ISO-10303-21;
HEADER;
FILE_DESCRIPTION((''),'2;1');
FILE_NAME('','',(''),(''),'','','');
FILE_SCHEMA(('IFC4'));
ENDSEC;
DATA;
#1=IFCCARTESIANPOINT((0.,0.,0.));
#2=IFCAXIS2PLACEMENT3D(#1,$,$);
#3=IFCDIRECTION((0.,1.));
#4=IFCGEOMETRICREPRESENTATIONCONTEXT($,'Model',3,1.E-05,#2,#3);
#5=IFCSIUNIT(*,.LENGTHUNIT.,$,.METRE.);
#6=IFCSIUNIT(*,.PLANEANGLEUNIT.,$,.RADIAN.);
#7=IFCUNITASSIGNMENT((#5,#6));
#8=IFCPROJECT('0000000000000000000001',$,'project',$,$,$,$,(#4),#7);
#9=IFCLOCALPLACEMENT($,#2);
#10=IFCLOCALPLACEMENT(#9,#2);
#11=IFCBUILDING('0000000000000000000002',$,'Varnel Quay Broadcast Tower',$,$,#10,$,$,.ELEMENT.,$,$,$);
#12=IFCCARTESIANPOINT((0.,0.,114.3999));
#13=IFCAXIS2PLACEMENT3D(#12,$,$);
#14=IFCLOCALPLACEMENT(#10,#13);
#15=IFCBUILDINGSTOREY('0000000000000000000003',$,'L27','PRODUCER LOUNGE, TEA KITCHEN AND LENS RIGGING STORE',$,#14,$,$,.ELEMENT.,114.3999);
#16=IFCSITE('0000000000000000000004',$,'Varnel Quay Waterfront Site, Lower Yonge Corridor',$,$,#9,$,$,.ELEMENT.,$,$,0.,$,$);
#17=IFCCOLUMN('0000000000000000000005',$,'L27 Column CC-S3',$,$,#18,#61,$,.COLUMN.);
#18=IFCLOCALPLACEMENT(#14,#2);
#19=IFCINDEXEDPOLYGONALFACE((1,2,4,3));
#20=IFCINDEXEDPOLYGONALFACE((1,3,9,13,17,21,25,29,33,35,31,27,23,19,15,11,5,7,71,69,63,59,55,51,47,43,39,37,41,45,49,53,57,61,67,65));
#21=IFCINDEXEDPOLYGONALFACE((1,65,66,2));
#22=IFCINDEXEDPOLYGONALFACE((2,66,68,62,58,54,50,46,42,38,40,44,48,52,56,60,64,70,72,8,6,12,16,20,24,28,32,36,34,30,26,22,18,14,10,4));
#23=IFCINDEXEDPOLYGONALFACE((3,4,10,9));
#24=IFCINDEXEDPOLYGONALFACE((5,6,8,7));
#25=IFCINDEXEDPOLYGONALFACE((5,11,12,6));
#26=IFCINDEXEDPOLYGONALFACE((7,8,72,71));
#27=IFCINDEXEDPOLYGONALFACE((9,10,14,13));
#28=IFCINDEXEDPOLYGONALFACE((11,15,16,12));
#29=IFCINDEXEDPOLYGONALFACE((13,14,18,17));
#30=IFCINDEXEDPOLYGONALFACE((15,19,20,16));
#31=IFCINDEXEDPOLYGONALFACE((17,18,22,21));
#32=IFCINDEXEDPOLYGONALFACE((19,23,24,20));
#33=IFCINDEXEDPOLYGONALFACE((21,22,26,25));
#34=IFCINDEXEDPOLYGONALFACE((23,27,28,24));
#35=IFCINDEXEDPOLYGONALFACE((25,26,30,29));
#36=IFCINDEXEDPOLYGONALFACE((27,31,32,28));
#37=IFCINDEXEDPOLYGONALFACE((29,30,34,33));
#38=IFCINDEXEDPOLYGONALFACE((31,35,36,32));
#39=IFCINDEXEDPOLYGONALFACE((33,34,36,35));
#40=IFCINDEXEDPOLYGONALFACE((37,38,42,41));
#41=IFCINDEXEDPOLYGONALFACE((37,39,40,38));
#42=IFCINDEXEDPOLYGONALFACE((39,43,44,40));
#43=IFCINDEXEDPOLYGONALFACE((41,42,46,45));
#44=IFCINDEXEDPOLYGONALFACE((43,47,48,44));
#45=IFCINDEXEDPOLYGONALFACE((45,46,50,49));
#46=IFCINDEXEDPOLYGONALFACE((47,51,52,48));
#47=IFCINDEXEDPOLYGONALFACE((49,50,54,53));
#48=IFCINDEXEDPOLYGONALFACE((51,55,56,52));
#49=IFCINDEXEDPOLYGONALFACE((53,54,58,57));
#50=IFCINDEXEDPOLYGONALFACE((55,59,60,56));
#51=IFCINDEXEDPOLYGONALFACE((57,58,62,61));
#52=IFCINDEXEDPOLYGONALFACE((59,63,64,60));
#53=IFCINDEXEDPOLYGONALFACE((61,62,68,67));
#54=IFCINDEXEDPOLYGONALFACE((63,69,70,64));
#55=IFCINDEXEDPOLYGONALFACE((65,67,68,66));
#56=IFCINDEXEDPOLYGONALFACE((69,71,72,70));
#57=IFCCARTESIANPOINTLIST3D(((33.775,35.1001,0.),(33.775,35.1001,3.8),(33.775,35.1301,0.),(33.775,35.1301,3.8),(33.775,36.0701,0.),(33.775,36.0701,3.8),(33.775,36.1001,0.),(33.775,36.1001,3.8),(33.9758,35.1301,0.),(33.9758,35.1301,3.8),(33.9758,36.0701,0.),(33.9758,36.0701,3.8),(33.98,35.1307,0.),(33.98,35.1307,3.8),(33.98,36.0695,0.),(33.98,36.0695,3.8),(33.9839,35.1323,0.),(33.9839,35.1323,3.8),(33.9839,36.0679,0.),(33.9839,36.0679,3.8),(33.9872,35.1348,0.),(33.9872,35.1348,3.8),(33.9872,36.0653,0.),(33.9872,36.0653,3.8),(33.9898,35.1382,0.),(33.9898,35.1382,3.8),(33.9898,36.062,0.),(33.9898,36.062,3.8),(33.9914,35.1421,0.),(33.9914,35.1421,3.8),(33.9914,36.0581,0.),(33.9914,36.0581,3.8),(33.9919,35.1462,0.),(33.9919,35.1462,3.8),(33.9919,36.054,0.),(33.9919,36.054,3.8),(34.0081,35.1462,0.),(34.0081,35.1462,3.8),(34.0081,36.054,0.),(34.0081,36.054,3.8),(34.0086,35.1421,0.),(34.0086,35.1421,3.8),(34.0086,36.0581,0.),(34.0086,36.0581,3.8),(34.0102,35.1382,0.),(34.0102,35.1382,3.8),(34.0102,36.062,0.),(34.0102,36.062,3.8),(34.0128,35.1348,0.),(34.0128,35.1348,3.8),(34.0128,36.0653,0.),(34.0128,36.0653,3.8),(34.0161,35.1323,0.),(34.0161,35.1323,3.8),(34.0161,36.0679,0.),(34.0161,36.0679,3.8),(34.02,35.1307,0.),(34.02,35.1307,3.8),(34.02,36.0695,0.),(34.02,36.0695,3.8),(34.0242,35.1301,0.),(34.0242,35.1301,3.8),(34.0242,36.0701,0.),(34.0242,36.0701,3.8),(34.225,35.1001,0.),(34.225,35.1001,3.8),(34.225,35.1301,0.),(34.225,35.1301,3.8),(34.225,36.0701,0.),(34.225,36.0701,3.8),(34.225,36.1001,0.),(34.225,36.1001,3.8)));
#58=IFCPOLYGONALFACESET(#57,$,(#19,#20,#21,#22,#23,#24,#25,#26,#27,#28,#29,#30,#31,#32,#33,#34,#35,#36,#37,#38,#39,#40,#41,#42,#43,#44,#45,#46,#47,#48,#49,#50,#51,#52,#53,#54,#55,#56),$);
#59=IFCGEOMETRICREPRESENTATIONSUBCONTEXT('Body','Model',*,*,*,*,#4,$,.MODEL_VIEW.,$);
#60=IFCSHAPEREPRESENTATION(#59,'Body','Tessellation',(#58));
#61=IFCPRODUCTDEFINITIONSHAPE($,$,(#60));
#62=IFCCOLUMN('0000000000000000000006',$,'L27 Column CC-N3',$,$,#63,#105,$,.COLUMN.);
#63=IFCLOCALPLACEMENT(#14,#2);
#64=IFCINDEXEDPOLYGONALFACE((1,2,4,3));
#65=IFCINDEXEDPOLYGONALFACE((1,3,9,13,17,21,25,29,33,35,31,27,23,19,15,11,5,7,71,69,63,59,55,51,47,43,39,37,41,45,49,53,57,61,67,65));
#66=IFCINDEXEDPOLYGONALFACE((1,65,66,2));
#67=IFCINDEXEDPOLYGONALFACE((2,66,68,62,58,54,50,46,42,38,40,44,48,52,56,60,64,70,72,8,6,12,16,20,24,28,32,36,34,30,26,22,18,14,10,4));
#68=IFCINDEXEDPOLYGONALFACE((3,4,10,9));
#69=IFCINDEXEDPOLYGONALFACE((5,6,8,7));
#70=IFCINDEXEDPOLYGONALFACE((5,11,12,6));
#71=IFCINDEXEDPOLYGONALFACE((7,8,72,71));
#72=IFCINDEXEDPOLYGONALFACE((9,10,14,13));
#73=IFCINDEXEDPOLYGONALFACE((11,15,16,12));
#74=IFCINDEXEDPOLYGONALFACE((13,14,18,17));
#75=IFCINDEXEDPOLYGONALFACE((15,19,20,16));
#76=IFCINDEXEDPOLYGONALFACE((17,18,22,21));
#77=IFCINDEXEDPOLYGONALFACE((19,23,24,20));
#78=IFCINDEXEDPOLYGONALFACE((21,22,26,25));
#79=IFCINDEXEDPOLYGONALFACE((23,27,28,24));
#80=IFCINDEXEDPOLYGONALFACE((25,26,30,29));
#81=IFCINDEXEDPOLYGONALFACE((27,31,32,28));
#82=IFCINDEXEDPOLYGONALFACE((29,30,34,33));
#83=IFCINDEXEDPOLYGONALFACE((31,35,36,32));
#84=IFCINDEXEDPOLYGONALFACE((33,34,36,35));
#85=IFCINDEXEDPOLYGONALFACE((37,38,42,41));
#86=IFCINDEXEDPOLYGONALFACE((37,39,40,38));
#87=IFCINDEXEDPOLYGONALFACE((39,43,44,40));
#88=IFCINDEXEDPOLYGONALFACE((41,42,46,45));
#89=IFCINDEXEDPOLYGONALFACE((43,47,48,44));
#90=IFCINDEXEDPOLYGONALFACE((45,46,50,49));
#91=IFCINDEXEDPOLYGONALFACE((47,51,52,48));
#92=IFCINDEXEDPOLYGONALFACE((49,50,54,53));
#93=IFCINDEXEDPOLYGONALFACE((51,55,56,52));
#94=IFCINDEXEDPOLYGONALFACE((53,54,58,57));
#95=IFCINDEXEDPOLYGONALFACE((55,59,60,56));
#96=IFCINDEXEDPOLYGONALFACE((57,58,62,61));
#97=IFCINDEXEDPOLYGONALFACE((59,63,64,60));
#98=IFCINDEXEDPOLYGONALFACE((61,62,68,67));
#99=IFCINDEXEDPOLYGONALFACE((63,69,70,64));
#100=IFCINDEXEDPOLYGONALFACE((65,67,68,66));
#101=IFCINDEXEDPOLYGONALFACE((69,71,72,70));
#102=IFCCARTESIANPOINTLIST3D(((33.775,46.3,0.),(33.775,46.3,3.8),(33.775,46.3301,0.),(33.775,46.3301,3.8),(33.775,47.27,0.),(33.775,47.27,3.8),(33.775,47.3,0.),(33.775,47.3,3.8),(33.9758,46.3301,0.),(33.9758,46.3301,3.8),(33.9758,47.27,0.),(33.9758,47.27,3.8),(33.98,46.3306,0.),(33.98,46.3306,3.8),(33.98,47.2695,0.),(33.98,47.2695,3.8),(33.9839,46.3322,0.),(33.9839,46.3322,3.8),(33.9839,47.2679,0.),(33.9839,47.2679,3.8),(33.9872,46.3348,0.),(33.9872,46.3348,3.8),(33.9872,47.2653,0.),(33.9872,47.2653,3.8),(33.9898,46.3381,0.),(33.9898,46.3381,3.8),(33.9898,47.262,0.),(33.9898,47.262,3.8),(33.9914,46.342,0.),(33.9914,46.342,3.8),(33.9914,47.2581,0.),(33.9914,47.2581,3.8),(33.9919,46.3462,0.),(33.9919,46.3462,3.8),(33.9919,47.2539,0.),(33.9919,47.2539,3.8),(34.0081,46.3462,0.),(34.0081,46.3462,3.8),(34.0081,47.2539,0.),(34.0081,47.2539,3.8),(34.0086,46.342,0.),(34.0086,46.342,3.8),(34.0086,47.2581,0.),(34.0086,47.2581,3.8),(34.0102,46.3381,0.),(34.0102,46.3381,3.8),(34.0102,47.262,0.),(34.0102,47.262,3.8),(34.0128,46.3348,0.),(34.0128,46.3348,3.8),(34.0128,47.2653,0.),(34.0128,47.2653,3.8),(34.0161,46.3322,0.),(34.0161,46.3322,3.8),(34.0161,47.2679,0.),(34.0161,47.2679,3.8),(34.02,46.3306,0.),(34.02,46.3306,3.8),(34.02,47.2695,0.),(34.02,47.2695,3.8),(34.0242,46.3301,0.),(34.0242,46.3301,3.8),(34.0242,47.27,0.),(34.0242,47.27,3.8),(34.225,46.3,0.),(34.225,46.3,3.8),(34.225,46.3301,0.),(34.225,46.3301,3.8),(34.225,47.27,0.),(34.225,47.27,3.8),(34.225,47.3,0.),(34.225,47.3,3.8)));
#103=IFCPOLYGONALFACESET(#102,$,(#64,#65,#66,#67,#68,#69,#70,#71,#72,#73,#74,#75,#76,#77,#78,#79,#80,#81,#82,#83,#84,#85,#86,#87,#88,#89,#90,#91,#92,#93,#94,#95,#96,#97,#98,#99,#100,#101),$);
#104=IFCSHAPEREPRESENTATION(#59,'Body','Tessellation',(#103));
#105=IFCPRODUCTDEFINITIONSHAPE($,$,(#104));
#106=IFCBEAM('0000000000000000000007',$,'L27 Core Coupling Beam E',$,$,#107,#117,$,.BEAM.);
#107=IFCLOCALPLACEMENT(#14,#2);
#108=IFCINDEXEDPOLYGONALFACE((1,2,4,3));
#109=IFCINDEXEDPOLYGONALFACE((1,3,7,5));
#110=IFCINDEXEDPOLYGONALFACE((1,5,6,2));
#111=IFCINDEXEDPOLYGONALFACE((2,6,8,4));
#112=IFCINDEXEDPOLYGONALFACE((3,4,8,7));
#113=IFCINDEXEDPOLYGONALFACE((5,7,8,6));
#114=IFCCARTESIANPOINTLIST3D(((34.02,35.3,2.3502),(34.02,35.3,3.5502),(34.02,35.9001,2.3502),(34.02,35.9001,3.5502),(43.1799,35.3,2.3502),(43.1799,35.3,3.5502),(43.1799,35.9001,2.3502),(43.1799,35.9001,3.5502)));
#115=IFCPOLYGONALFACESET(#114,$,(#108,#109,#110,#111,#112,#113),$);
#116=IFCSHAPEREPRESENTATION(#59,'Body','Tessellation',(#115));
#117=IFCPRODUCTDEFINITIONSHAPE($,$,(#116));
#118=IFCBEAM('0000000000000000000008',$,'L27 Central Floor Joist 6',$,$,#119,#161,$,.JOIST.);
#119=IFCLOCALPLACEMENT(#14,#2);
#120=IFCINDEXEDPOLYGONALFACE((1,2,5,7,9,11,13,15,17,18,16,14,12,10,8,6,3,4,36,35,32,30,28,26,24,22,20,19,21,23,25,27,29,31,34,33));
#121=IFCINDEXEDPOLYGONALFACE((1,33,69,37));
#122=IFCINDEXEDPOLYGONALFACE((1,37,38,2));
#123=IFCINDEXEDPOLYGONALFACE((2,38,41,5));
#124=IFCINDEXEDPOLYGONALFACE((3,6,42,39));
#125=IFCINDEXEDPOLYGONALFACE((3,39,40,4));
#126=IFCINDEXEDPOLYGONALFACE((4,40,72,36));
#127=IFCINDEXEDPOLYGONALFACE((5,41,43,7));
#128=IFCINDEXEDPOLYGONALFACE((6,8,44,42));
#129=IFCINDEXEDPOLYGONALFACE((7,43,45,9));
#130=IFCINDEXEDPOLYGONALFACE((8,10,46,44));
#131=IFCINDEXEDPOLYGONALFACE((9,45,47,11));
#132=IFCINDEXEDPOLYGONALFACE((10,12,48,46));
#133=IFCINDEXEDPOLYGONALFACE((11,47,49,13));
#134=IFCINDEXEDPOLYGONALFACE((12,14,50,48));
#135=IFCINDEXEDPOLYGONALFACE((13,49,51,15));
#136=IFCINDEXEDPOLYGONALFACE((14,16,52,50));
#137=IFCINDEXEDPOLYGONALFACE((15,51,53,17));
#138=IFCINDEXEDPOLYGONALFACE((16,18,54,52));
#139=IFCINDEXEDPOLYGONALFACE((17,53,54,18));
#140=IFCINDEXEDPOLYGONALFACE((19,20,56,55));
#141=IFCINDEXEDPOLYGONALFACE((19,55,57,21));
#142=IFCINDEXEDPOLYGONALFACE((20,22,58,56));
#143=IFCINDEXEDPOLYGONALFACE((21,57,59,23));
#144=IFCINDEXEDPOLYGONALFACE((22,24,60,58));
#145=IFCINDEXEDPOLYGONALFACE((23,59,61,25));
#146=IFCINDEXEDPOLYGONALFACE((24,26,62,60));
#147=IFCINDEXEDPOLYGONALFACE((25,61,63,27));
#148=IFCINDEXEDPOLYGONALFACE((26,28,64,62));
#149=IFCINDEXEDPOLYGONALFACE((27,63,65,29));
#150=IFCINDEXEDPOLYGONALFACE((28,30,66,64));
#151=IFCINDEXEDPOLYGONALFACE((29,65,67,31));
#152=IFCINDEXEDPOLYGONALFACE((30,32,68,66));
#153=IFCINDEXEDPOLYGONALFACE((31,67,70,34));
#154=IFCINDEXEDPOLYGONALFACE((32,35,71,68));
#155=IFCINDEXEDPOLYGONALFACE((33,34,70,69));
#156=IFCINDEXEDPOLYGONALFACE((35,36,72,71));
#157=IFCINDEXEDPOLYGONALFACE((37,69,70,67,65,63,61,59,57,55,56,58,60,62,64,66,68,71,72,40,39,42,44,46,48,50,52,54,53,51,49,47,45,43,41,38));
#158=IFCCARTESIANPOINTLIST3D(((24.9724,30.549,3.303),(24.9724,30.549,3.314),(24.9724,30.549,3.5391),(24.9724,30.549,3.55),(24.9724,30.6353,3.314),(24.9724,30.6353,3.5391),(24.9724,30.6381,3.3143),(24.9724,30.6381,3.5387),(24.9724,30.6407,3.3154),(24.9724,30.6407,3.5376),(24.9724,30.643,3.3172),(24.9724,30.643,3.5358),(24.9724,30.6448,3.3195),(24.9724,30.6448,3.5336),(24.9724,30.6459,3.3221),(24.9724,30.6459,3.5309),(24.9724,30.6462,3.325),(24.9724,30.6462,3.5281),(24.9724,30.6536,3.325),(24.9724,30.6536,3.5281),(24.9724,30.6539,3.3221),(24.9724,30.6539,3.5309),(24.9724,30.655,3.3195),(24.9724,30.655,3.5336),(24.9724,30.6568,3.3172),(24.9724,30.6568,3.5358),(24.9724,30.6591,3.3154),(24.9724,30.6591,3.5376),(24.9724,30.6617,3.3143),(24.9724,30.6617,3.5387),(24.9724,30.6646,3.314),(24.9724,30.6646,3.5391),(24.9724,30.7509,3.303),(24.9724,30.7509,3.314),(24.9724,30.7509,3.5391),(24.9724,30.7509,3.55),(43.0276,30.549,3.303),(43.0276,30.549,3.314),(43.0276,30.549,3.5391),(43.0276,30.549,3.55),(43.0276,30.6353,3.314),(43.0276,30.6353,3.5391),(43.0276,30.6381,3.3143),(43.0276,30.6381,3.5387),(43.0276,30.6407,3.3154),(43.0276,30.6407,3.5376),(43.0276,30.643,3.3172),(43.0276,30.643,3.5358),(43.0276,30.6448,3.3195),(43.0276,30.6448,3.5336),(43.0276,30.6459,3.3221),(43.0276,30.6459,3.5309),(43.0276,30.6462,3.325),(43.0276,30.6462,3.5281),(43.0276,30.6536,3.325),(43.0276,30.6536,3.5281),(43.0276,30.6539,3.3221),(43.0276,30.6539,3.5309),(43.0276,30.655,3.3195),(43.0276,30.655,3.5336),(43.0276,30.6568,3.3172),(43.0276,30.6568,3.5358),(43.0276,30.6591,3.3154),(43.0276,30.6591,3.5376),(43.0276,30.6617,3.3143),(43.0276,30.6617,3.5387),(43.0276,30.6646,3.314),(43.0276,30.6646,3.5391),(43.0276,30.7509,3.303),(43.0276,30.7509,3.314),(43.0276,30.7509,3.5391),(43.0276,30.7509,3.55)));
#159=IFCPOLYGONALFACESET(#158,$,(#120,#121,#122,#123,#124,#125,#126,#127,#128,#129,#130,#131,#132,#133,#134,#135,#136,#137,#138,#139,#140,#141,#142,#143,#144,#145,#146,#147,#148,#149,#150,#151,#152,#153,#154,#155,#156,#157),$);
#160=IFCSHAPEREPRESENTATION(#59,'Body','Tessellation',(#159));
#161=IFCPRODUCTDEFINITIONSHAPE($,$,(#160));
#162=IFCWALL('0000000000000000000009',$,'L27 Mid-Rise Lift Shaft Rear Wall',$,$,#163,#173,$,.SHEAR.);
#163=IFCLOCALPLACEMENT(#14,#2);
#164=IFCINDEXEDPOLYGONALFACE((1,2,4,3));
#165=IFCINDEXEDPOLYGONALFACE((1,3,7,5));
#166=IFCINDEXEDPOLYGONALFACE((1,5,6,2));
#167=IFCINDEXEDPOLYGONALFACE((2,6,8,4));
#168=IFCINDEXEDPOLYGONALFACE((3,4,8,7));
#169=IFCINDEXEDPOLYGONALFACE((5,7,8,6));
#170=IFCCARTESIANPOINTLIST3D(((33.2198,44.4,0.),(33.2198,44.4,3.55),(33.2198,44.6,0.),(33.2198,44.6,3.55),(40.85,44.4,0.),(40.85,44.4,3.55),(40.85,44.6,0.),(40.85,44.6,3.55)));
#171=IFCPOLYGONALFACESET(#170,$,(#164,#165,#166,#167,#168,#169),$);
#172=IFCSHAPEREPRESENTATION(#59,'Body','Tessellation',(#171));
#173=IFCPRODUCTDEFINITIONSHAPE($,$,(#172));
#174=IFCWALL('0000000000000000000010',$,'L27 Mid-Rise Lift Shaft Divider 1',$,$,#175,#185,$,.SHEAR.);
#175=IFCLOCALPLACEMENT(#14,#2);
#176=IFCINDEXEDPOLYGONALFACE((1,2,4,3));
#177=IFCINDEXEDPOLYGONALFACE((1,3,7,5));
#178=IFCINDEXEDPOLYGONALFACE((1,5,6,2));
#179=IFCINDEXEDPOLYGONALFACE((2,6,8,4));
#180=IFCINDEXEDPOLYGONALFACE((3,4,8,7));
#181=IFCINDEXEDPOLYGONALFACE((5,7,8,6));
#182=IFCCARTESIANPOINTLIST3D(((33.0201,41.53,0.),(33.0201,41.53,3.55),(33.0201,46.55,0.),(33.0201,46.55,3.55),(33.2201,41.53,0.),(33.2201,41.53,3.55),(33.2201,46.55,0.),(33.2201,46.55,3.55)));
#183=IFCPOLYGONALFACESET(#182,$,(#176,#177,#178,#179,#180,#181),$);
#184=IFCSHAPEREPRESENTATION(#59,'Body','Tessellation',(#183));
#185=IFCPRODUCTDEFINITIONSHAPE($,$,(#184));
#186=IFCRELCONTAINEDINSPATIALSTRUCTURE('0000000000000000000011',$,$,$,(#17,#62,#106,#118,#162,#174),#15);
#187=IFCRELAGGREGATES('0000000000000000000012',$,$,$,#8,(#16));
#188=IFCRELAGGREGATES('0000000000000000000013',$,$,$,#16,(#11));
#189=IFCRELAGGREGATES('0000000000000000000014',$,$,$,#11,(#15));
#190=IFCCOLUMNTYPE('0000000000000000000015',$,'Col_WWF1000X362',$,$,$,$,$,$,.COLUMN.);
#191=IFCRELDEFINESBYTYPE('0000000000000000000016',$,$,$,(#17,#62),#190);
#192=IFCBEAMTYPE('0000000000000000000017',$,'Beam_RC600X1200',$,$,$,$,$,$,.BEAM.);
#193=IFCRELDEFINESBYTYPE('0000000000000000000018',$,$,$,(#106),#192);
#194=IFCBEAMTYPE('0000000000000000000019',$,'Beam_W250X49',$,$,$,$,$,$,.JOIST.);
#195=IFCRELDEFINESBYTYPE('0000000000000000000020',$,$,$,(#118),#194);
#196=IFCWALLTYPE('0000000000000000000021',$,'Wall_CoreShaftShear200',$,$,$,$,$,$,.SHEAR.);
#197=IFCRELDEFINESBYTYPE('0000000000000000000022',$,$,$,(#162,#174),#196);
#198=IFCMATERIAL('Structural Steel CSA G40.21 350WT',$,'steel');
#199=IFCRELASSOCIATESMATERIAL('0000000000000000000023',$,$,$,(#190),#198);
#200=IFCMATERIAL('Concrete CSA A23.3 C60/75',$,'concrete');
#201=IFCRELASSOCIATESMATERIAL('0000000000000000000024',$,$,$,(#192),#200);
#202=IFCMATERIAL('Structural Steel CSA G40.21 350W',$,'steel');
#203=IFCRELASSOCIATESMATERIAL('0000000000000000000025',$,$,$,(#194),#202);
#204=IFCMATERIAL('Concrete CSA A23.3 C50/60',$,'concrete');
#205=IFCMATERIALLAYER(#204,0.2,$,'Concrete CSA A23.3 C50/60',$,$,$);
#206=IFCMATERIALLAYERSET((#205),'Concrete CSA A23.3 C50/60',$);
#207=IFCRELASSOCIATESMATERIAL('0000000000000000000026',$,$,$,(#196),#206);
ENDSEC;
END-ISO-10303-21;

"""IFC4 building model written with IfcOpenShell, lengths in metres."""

from ifc_helpers import new_model, si_unit, direction, frame, frame_2d, origin, origin_2d, place, context, subcontext, project, spatial, rectangle, i_section, extrude, source, transform, mapped, material, layer, layer_set, material_profile, profile_set, type_object, type_shapes, element, save


model = new_model("IFC4")

# Units and contexts
model_context = context("Model", 3, precision=1e-05, world=origin(), true_north=direction((0.0, 1.0)))
body_context = subcontext(model_context, "Body", "Model", "MODEL_VIEW")
ifc_project = project(units=[si_unit("LENGTHUNIT", "METRE"), si_unit("PLANEANGLEUNIT", "RADIAN")], contexts=[model_context])

# Site, building, storey
site_placement = place(None, origin())
site = spatial("IfcSite", under=ifc_project, at=site_placement, Name="Varnel Quay Waterfront Site, Lower Yonge Corridor", CompositionType="ELEMENT", RefElevation=0.0)
building_placement = place(site_placement, origin())
building = spatial("IfcBuilding", under=site, at=building_placement, Name="Varnel Quay Broadcast Tower", CompositionType="ELEMENT")
storey_placement = place(building_placement, frame((0.0, 0.0, 114.3999)))
storey = spatial("IfcBuildingStorey", under=building, at=storey_placement, Name="L27", Description="PRODUCER LOUNGE, TEA KITCHEN AND LENS RIGGING STORE", CompositionType="ELEMENT", Elevation=114.3999)

# Columns
ifc_material_1 = material(Name="Structural Steel CSA G40.21 350WT", Category="steel")
ifc_material_profile_1 = material_profile(ifc_material_1, i_section(OverallWidth=0.45, OverallDepth=1.0, WebThickness=0.0161, FlangeThickness=0.03, FilletRadius=0.0161, at=origin_2d()), Name="WWF1000X362")
ifc_profile_set_1 = profile_set([ifc_material_profile_1], Name="Structural Steel CSA G40.21 350WT")
column_type = type_object("IfcColumnType", Name="Col_WWF1000X362", PredefinedType="COLUMN", material=ifc_profile_set_1)
shared_shape_1 = source(origin(), body_context, "Body", "SweptSolid", [
    extrude(i_section(OverallWidth=0.45, OverallDepth=1.0, WebThickness=0.0161, FlangeThickness=0.03, FilletRadius=0.0161, at=origin_2d()), origin(), (0.0, 0.0, 1.0), 3.8),
])
type_shapes(column_type, [shared_shape_1])
for number, where, z_axis, x_axis, name in (
    (1, (34.0, 35.6001, 0.0), (0.0, 0.0, 1.0), (1.0, 0.0, 0.0), "L27 Column CC-S3"),
    (2, (34.0, 46.8, 0.0), (0.0, 0.0, 1.0), (1.0, 0.0, 0.0), "L27 Column CC-N3"),
):
    element("IfcColumn", number, at=place(storey_placement, frame(where, z_axis=z_axis, x_axis=x_axis)), inside=storey, type_object=column_type, Name=name, PredefinedType="COLUMN", context=body_context, shape_type="MappedRepresentation", body=[
        mapped(shared_shape_1, transform((0.0, 0.0, 0.0), x_axis=(1.0, 0.0, 0.0), y_axis=(0.0, 1.0, 0.0), z_axis=(0.0, 0.0, 1.0), scale=1.0)),
    ])

# Beams
ifc_material_2 = material(Name="Concrete CSA A23.3 C60/75", Category="concrete")
ifc_material_profile_2 = material_profile(ifc_material_2, rectangle(XDim=0.6001, YDim=1.2, at=origin_2d()), Name="RC600X1200")
ifc_profile_set_2 = profile_set([ifc_material_profile_2], Name="Concrete CSA A23.3 C60/75")
beam_type_1 = type_object("IfcBeamType", Name="Beam_RC600X1200", PredefinedType="BEAM", material=ifc_profile_set_2)
shared_shape_2 = source(origin(), body_context, "Body", "SweptSolid", [
    extrude(rectangle(XDim=0.6001, YDim=1.2, at=origin_2d()), origin(), (0.0, 0.0, 1.0), 9.1599),
])
type_shapes(beam_type_1, [shared_shape_2])
beam_1_placement = place(storey_placement, frame((34.02, 35.6001, 2.9502), z_axis=(1.0, 0.0, 0.0), x_axis=(0.0, 1.0, 0.0)))
element("IfcBeam", 3, at=beam_1_placement, inside=storey, type_object=beam_type_1, Name="L27 Core Coupling Beam E", PredefinedType="BEAM", context=body_context, shape_type="MappedRepresentation", body=[
    mapped(shared_shape_2, transform((0.0, 0.0, 0.0), x_axis=(1.0, 0.0, 0.0), y_axis=(0.0, 1.0, 0.0), z_axis=(0.0, 0.0, 1.0), scale=1.0)),
])
ifc_material_3 = material(Name="Structural Steel CSA G40.21 350W", Category="steel")
ifc_material_profile_3 = material_profile(ifc_material_3, i_section(OverallWidth=0.2019, OverallDepth=0.2471, WebThickness=0.0073, FlangeThickness=0.011, FilletRadius=0.011, at=origin_2d()), Name="W250X49")
ifc_profile_set_3 = profile_set([ifc_material_profile_3], Name="Structural Steel CSA G40.21 350W")
beam_type_2 = type_object("IfcBeamType", Name="Beam_W250X49", PredefinedType="JOIST", material=ifc_profile_set_3)
shared_shape_3 = source(origin(), body_context, "Body", "SweptSolid", [
    extrude(i_section(OverallWidth=0.2019, OverallDepth=0.2471, WebThickness=0.0073, FlangeThickness=0.011, FilletRadius=0.011, at=origin_2d()), origin(), (0.0, 0.0, 1.0), 18.0552),
])
type_shapes(beam_type_2, [shared_shape_3])
beam_2_placement = place(storey_placement, frame((24.9724, 30.6499, 3.4265), z_axis=(1.0, 0.0, 0.0), x_axis=(0.0, 1.0, 0.0)))
element("IfcBeam", 4, at=beam_2_placement, inside=storey, type_object=beam_type_2, Name="L27 Central Floor Joist 6", PredefinedType="JOIST", context=body_context, shape_type="MappedRepresentation", body=[
    mapped(shared_shape_3, transform((0.0, 0.0, 0.0), x_axis=(1.0, 0.0, 0.0), y_axis=(0.0, 1.0, 0.0), z_axis=(0.0, 0.0, 1.0), scale=1.0)),
])

# Walls
ifc_material_4 = material(Name="Concrete CSA A23.3 C50/60", Category="concrete")
ifc_layer_1 = layer(ifc_material_4, 0.2, Name="Concrete CSA A23.3 C50/60")
ifc_layer_set_1 = layer_set([ifc_layer_1], Name="Concrete CSA A23.3 C50/60")
wall_type_1 = type_object("IfcWallType", Name="Wall_CoreShaftShear200", PredefinedType="SHEAR", material=ifc_layer_set_1)
wall_1_placement = place(storey_placement, frame((33.22, 44.5, 0.0), z_axis=(0.0, 0.0, 1.0), x_axis=(1.0, 0.0, 0.0)))
element("IfcWall", 5, at=wall_1_placement, inside=storey, type_object=wall_type_1, Name="L27 Mid-Rise Lift Shaft Rear Wall", PredefinedType="SHEAR", context=body_context, shape_type="SweptSolid", body=[
    extrude(rectangle(XDim=7.6301, YDim=0.2, at=frame_2d((3.8149, 0.0))), origin(), (0.0, 0.0, 1.0), 3.55),
])
wall_2_placement = place(storey_placement, frame((33.1201, 41.53, 0.0), z_axis=(0.0, 0.0, 1.0), x_axis=(0.0, 1.0, 0.0)))
element("IfcWall", 6, at=wall_2_placement, inside=storey, type_object=wall_type_1, Name="L27 Mid-Rise Lift Shaft Divider 1", PredefinedType="SHEAR", context=body_context, shape_type="SweptSolid", body=[
    extrude(rectangle(XDim=5.02, YDim=0.2, at=frame_2d((2.51, 0.0))), origin(), (0.0, 0.0, 1.0), 3.55),
])

save(model, "model.ifc")
